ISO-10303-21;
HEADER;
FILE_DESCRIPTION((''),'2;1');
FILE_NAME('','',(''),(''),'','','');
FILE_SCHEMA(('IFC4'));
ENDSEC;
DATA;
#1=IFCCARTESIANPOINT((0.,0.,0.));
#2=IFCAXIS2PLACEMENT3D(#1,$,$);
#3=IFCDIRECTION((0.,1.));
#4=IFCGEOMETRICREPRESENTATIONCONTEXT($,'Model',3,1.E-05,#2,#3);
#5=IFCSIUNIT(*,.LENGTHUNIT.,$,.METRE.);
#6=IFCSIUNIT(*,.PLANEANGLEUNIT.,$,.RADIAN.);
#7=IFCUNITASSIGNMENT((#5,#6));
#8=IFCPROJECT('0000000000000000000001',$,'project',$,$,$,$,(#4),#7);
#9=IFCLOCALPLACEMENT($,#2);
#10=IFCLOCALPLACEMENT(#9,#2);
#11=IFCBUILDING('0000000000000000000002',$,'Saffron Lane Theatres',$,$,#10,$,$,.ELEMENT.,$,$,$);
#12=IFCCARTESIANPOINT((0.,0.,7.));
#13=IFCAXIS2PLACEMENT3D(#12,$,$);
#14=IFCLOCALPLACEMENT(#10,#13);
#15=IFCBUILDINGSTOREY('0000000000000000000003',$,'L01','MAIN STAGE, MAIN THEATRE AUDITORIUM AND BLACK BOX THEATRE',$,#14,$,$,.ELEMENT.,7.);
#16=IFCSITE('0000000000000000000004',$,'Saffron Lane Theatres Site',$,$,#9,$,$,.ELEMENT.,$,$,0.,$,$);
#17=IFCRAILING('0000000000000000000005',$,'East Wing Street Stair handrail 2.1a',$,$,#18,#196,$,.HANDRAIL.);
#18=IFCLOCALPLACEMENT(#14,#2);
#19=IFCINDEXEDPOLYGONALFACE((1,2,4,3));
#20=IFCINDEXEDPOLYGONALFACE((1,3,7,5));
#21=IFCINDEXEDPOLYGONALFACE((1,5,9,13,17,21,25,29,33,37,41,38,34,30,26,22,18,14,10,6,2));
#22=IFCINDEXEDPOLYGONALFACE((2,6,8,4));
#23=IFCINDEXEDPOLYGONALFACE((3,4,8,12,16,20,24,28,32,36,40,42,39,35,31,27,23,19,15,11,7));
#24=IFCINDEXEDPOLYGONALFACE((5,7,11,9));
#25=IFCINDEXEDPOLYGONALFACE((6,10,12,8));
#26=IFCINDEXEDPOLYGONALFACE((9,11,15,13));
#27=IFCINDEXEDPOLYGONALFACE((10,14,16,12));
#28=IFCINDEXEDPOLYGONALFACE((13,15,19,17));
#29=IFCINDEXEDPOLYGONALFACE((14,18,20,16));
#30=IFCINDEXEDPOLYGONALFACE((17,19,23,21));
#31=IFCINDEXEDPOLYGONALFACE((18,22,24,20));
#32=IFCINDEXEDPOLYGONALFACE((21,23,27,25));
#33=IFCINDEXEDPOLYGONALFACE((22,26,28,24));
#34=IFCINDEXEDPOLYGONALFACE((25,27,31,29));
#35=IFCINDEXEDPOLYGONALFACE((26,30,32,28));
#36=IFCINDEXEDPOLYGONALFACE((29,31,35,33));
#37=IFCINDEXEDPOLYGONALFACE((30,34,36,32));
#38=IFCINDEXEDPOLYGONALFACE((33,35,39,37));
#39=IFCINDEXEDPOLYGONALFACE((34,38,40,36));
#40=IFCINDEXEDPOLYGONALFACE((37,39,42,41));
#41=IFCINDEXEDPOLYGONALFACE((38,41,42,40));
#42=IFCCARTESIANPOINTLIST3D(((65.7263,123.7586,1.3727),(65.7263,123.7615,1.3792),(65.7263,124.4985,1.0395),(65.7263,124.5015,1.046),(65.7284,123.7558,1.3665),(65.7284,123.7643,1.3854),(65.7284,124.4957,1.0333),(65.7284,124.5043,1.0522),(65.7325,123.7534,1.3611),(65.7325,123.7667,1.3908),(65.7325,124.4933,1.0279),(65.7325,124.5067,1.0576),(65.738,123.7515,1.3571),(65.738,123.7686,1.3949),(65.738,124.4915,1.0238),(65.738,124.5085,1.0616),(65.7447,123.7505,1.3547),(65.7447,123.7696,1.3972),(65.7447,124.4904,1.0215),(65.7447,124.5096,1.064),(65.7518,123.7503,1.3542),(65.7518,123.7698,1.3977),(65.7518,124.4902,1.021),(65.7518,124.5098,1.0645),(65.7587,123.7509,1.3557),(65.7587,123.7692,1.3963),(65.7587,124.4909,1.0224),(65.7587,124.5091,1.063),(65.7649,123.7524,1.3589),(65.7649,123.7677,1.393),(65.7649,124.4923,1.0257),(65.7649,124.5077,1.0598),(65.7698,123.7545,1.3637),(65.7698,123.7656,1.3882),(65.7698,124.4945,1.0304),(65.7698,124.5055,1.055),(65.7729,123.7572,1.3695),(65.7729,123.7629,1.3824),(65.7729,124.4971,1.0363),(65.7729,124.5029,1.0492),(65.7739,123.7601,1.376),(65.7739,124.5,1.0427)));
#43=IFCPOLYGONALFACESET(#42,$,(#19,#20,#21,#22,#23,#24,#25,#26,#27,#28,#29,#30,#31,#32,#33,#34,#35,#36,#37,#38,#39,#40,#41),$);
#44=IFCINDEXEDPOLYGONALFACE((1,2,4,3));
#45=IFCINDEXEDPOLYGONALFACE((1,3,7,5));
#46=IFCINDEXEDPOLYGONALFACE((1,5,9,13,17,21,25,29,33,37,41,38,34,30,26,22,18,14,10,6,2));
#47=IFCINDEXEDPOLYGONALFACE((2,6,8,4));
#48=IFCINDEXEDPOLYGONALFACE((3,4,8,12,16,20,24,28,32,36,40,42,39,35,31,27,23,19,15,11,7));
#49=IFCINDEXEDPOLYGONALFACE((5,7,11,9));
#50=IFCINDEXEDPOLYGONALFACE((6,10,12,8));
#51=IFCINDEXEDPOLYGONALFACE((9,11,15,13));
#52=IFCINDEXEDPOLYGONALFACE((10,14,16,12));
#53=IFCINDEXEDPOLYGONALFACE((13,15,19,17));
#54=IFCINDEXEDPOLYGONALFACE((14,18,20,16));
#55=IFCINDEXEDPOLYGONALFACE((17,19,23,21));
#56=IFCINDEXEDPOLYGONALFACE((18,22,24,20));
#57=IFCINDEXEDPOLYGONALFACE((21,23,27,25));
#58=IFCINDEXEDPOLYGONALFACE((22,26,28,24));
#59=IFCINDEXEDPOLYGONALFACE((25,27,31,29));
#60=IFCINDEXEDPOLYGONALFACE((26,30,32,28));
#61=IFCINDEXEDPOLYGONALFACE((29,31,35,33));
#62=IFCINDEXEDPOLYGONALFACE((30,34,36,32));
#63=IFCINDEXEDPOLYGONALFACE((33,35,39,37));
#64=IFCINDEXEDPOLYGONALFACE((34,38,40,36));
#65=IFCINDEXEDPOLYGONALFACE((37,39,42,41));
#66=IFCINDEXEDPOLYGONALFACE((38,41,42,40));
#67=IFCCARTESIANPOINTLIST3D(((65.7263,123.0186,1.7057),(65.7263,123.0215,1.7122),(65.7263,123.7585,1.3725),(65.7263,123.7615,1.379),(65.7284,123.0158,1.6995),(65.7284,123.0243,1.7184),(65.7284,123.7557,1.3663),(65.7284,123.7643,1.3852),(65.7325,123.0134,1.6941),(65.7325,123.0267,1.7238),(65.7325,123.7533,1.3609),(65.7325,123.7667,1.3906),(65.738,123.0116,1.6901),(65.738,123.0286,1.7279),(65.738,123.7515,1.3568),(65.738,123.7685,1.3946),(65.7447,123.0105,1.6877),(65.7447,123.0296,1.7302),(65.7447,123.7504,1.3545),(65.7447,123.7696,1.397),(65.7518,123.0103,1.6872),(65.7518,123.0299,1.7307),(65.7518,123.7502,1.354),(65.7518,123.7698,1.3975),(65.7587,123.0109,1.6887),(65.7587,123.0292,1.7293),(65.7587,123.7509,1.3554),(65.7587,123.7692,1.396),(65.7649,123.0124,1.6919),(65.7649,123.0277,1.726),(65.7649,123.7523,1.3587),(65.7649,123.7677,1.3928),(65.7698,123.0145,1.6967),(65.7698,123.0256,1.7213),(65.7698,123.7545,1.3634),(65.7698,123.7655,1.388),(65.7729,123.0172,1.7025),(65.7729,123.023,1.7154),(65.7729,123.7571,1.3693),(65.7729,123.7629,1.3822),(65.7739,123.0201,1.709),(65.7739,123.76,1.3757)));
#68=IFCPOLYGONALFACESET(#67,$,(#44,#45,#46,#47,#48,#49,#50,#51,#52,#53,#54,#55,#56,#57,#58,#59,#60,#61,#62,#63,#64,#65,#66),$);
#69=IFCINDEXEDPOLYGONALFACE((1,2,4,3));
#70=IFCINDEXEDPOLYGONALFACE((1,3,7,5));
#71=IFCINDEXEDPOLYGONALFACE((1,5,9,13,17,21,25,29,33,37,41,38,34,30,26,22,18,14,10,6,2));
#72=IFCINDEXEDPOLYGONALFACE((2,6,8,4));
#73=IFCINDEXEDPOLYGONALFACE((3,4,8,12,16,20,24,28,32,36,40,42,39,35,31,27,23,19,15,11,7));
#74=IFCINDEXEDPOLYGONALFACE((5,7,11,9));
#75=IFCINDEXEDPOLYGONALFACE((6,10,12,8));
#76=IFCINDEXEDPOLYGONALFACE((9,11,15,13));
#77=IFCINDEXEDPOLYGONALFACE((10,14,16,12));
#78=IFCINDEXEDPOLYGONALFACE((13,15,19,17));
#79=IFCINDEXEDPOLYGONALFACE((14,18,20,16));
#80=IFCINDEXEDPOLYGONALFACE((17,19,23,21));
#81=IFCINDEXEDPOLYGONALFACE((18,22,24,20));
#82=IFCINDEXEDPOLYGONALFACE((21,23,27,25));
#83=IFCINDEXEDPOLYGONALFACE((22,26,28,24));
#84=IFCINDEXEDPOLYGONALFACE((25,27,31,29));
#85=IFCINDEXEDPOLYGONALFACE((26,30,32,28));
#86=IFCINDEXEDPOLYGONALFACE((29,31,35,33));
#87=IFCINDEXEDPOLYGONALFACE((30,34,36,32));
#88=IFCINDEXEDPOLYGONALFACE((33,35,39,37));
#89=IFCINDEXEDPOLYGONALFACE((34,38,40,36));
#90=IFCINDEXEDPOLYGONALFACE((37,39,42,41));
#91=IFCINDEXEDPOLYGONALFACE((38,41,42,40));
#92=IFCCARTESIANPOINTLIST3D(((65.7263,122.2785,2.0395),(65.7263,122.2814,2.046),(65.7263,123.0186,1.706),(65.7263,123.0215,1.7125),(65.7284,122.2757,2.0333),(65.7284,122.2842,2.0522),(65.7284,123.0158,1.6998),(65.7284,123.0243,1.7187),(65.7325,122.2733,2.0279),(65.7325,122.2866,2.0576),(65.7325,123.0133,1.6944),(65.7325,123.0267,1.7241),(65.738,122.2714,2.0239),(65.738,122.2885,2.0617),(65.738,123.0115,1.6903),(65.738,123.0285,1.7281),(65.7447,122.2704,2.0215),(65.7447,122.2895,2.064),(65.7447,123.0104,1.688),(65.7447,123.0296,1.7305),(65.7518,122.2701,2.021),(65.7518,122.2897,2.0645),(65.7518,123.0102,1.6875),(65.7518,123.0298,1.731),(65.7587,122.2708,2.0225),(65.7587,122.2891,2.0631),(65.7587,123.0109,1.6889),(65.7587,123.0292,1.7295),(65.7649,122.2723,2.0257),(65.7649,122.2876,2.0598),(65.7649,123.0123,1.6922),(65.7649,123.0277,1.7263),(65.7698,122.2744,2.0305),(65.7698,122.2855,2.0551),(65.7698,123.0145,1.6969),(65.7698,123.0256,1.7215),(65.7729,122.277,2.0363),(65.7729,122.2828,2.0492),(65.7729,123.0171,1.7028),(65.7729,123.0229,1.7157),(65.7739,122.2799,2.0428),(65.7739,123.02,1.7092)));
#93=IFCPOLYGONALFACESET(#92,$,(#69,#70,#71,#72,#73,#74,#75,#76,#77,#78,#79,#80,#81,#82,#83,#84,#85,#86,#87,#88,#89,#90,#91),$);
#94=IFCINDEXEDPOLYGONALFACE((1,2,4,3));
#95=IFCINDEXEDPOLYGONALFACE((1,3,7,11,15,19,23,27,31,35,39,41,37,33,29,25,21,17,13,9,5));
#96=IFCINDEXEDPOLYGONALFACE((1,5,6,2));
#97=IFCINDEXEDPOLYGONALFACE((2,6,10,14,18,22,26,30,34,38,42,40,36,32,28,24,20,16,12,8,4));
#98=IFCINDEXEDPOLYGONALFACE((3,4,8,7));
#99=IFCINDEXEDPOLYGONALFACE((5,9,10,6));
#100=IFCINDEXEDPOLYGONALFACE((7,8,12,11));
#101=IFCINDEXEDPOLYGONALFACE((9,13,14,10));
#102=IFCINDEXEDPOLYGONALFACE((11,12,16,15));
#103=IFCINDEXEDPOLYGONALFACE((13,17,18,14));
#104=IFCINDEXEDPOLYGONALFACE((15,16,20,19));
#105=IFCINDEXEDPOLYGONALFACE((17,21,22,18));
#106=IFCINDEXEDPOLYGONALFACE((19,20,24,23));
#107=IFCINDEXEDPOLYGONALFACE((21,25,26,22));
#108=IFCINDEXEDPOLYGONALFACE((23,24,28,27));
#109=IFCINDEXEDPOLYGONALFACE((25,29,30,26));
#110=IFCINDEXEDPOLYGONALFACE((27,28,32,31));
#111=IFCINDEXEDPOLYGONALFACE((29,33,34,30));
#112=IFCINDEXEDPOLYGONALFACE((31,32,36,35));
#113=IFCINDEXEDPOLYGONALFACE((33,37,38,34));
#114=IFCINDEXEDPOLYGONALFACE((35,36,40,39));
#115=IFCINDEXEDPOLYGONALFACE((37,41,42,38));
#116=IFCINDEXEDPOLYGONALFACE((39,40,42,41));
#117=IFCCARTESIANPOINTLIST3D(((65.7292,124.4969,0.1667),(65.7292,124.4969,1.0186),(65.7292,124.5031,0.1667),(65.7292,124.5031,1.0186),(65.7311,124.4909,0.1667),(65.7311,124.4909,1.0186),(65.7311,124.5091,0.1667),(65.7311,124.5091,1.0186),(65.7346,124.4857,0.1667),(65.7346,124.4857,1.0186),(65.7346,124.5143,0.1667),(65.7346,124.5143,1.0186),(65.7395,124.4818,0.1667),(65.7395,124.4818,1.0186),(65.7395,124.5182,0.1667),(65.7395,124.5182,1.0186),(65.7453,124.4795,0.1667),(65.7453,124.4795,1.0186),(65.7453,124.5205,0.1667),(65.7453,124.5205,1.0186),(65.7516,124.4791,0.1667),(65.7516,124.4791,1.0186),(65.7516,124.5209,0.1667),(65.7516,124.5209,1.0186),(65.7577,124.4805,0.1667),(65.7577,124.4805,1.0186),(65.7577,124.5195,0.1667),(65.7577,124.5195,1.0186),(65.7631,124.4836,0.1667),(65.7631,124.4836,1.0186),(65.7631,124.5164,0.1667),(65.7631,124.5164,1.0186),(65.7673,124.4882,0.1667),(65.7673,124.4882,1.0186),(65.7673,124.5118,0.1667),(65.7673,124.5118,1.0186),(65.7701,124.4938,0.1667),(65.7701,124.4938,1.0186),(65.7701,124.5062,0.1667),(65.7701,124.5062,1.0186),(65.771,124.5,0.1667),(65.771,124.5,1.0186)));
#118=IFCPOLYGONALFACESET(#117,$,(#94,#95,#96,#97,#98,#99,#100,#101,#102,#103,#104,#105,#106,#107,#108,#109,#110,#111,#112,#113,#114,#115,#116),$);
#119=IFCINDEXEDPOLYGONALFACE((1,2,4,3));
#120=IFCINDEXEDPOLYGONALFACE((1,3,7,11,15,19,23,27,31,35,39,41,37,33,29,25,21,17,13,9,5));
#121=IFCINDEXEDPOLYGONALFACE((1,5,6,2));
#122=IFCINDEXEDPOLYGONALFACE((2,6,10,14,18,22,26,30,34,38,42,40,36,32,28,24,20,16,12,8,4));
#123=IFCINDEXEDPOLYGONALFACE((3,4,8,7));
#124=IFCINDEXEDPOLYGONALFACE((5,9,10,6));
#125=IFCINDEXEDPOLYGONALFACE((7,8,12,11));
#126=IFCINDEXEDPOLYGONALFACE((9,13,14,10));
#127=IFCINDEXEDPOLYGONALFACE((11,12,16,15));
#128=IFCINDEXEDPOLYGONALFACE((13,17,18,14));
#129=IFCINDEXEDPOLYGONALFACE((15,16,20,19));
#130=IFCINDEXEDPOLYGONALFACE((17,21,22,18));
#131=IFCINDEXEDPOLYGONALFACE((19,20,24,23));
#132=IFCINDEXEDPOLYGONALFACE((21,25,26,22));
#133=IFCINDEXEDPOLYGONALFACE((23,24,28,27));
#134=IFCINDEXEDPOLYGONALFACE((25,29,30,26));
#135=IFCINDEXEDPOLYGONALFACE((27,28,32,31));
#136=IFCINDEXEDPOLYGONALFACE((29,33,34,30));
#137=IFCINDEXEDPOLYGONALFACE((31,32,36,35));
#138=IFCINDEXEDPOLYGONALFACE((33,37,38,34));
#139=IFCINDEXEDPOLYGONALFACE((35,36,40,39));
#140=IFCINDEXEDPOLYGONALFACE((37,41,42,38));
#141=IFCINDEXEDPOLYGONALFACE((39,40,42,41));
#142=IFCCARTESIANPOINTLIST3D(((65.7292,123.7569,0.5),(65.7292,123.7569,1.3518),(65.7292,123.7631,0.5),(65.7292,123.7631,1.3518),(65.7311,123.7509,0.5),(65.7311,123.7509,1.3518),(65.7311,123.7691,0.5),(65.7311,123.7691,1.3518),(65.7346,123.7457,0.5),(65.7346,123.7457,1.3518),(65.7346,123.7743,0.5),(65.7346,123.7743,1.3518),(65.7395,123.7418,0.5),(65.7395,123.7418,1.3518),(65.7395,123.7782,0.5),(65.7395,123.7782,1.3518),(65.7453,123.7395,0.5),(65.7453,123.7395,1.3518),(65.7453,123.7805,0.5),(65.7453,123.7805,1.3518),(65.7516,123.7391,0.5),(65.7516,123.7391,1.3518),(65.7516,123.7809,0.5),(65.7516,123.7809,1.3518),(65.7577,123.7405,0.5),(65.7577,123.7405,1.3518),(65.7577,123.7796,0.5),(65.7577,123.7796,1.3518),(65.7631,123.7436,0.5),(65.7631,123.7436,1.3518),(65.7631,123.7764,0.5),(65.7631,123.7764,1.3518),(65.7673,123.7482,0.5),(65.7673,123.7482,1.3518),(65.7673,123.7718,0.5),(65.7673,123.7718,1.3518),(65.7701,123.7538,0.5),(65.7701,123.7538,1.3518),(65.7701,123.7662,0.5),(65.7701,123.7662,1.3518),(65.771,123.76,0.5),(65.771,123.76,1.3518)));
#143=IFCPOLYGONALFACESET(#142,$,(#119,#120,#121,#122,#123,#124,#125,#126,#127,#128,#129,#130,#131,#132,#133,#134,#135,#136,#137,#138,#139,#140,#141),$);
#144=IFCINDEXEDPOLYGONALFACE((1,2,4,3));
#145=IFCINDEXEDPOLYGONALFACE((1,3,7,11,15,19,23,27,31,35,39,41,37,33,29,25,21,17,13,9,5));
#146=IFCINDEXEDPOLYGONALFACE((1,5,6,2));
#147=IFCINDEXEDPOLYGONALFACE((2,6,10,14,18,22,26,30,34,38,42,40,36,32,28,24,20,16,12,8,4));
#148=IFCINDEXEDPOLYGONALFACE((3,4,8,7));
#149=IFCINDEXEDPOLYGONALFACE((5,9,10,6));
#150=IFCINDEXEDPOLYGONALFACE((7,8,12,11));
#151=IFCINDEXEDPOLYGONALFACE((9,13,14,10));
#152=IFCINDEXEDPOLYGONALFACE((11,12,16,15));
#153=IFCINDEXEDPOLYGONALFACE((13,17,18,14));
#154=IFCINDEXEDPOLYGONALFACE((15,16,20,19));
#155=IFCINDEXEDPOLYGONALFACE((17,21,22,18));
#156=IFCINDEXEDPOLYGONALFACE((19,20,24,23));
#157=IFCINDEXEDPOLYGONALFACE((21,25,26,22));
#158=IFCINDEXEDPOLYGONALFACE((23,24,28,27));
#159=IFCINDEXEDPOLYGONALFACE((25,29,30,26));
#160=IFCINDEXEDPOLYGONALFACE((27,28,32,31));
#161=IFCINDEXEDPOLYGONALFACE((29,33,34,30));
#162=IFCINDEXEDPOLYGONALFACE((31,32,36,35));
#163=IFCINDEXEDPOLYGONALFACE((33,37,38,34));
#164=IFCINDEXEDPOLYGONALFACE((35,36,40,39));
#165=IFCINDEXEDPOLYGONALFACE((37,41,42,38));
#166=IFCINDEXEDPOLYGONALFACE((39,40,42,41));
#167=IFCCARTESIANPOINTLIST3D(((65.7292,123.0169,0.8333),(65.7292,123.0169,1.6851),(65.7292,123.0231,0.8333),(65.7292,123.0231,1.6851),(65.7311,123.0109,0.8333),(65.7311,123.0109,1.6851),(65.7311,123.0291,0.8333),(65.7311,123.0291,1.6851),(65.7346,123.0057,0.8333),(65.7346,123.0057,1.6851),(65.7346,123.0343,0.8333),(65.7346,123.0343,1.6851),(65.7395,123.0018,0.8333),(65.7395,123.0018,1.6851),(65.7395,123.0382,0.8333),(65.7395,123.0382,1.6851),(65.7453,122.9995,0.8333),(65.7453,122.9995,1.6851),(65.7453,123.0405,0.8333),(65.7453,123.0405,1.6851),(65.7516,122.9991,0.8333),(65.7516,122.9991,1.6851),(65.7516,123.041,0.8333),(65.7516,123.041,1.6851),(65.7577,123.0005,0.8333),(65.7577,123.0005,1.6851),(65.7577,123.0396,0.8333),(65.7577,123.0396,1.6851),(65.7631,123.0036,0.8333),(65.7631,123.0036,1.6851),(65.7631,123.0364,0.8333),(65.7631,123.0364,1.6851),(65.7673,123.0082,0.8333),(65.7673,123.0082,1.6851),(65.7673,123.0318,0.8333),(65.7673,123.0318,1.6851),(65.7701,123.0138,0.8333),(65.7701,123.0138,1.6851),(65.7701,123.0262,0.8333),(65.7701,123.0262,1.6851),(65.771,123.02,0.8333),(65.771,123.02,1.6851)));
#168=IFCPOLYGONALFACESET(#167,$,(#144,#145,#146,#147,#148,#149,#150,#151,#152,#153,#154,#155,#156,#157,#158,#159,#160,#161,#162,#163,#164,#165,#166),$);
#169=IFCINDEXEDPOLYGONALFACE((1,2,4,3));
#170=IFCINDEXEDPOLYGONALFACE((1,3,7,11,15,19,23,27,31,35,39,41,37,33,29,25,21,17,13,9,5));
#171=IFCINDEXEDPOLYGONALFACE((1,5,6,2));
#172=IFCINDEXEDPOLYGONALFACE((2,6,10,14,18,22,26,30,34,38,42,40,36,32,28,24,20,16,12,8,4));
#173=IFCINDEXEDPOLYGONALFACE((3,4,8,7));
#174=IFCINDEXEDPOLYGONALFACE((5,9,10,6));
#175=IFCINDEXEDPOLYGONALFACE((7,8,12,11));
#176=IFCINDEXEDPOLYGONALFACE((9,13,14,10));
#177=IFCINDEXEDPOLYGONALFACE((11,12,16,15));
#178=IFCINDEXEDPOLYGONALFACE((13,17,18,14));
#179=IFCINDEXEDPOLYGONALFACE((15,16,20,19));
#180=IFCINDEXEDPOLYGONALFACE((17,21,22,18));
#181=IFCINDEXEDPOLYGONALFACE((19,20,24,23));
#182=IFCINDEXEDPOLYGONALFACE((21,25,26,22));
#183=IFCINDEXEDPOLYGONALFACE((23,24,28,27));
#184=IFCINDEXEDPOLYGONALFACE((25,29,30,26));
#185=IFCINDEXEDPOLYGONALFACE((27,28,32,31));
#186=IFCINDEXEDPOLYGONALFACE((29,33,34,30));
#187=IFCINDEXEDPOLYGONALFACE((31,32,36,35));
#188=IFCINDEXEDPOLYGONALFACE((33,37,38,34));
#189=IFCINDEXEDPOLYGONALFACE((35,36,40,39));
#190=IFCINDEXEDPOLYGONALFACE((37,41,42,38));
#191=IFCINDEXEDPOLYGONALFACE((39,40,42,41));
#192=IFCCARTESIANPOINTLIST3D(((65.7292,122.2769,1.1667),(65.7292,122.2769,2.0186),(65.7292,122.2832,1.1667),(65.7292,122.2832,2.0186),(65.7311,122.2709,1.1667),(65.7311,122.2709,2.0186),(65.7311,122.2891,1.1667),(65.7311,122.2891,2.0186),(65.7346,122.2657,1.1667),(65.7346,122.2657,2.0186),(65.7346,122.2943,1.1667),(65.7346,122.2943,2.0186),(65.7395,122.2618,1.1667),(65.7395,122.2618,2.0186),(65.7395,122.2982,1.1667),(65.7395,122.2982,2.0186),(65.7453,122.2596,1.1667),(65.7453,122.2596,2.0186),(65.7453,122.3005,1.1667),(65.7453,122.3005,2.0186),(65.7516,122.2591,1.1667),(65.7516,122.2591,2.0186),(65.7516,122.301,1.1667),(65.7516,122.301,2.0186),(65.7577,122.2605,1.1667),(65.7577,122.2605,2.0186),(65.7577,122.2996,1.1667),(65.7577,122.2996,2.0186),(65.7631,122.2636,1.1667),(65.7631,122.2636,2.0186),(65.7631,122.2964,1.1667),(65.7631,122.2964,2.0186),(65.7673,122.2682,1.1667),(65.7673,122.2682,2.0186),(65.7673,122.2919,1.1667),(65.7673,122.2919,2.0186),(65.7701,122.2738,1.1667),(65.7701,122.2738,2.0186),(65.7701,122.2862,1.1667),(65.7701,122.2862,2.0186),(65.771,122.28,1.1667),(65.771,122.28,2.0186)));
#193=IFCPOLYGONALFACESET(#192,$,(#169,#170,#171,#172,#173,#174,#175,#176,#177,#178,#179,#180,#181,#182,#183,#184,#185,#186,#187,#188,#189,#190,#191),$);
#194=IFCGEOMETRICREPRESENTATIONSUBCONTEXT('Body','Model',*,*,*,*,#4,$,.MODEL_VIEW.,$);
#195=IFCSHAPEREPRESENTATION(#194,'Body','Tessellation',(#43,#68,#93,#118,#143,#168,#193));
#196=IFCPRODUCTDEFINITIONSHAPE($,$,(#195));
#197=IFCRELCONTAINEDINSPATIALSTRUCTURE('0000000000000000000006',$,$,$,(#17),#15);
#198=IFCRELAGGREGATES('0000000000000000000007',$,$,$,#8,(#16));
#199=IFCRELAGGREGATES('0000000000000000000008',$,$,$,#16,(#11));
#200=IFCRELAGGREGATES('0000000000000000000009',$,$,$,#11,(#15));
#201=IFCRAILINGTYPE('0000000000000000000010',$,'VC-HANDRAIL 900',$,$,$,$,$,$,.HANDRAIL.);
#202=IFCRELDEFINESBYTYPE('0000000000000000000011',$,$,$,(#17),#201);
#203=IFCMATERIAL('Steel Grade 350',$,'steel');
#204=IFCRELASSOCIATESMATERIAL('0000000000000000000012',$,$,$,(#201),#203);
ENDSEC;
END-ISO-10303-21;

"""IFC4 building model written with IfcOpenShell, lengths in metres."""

from ifc_helpers import new_model, si_unit, direction, frame, origin, origin_2d, place, context, subcontext, project, spatial, circle, extrude, material, type_object, element, save


model = new_model("IFC4")

# Units and contexts
model_context = context("Model", 3, precision=1e-05, world=origin(), true_north=direction((0.0, 1.0)))
body_context = subcontext(model_context, "Body", "Model", "MODEL_VIEW")
ifc_project = project(units=[si_unit("LENGTHUNIT", "METRE"), si_unit("PLANEANGLEUNIT", "RADIAN")], contexts=[model_context])

# Site, building, storey
site_placement = place(None, origin())
site = spatial("IfcSite", under=ifc_project, at=site_placement, Name="Saffron Lane Theatres Site", CompositionType="ELEMENT", RefElevation=0.0)
building_placement = place(site_placement, origin())
building = spatial("IfcBuilding", under=site, at=building_placement, Name="Saffron Lane Theatres", CompositionType="ELEMENT")
storey_placement = place(building_placement, frame((0.0, 0.0, 7.0)))
storey = spatial("IfcBuildingStorey", under=building, at=storey_placement, Name="L01", Description="MAIN STAGE, MAIN THEATRE AUDITORIUM AND BLACK BOX THEATRE", CompositionType="ELEMENT", Elevation=7.0)

# Railing
ifc_material_1 = material(Name="Steel Grade 350", Category="steel")
railing_type_1 = type_object("IfcRailingType", Name="VC-HANDRAIL 900", PredefinedType="HANDRAIL", material=ifc_material_1)
for number, where, name in (
    (1, (65.75, 124.5, 0.1667), "East Wing Street Stair handrail 2.1a"),
):
    element("IfcRailing", number, at=place(storey_placement, frame(where)), inside=storey, type_object=railing_type_1, Name=name, PredefinedType="HANDRAIL", context=body_context, shape_type="SweptSolid", body=[
        extrude(circle(Radius=0.0239, at=origin_2d()), frame((0.0, 0.0, 0.876), z_axis=(0.0, -0.911803, 0.410627), x_axis=(1.0, 0.0, 0.0)), (0.0, 0.0, 1.0), 0.8115),
        extrude(circle(Radius=0.0239, at=origin_2d()), frame((0.0, -0.74, 1.209), z_axis=(0.0, -0.911803, 0.410627), x_axis=(1.0, 0.0, 0.0)), (0.0, 0.0, 1.0), 0.8115),
        extrude(circle(Radius=0.0239, at=origin_2d()), frame((0.0, -1.48, 1.5425), z_axis=(0.0, -0.911691, 0.410877), x_axis=(1.0, 0.0, 0.0)), (0.0, 0.0, 1.0), 0.8118),
        extrude(circle(Radius=0.021, at=origin_2d()), origin(), (0.0, 0.0, 1.0), 0.8518),
        extrude(circle(Radius=0.021, at=origin_2d()), frame((0.0, -0.74, 0.3333)), (0.0, 0.0, 1.0), 0.8518),
        extrude(circle(Radius=0.021, at=origin_2d()), frame((0.0, -1.48, 0.6665)), (0.0, 0.0, 1.0), 0.8518),
        extrude(circle(Radius=0.021, at=origin_2d()), frame((0.0, -2.22, 1.0)), (0.0, 0.0, 1.0), 0.8518),
    ])

save(model, "model.ifc")
